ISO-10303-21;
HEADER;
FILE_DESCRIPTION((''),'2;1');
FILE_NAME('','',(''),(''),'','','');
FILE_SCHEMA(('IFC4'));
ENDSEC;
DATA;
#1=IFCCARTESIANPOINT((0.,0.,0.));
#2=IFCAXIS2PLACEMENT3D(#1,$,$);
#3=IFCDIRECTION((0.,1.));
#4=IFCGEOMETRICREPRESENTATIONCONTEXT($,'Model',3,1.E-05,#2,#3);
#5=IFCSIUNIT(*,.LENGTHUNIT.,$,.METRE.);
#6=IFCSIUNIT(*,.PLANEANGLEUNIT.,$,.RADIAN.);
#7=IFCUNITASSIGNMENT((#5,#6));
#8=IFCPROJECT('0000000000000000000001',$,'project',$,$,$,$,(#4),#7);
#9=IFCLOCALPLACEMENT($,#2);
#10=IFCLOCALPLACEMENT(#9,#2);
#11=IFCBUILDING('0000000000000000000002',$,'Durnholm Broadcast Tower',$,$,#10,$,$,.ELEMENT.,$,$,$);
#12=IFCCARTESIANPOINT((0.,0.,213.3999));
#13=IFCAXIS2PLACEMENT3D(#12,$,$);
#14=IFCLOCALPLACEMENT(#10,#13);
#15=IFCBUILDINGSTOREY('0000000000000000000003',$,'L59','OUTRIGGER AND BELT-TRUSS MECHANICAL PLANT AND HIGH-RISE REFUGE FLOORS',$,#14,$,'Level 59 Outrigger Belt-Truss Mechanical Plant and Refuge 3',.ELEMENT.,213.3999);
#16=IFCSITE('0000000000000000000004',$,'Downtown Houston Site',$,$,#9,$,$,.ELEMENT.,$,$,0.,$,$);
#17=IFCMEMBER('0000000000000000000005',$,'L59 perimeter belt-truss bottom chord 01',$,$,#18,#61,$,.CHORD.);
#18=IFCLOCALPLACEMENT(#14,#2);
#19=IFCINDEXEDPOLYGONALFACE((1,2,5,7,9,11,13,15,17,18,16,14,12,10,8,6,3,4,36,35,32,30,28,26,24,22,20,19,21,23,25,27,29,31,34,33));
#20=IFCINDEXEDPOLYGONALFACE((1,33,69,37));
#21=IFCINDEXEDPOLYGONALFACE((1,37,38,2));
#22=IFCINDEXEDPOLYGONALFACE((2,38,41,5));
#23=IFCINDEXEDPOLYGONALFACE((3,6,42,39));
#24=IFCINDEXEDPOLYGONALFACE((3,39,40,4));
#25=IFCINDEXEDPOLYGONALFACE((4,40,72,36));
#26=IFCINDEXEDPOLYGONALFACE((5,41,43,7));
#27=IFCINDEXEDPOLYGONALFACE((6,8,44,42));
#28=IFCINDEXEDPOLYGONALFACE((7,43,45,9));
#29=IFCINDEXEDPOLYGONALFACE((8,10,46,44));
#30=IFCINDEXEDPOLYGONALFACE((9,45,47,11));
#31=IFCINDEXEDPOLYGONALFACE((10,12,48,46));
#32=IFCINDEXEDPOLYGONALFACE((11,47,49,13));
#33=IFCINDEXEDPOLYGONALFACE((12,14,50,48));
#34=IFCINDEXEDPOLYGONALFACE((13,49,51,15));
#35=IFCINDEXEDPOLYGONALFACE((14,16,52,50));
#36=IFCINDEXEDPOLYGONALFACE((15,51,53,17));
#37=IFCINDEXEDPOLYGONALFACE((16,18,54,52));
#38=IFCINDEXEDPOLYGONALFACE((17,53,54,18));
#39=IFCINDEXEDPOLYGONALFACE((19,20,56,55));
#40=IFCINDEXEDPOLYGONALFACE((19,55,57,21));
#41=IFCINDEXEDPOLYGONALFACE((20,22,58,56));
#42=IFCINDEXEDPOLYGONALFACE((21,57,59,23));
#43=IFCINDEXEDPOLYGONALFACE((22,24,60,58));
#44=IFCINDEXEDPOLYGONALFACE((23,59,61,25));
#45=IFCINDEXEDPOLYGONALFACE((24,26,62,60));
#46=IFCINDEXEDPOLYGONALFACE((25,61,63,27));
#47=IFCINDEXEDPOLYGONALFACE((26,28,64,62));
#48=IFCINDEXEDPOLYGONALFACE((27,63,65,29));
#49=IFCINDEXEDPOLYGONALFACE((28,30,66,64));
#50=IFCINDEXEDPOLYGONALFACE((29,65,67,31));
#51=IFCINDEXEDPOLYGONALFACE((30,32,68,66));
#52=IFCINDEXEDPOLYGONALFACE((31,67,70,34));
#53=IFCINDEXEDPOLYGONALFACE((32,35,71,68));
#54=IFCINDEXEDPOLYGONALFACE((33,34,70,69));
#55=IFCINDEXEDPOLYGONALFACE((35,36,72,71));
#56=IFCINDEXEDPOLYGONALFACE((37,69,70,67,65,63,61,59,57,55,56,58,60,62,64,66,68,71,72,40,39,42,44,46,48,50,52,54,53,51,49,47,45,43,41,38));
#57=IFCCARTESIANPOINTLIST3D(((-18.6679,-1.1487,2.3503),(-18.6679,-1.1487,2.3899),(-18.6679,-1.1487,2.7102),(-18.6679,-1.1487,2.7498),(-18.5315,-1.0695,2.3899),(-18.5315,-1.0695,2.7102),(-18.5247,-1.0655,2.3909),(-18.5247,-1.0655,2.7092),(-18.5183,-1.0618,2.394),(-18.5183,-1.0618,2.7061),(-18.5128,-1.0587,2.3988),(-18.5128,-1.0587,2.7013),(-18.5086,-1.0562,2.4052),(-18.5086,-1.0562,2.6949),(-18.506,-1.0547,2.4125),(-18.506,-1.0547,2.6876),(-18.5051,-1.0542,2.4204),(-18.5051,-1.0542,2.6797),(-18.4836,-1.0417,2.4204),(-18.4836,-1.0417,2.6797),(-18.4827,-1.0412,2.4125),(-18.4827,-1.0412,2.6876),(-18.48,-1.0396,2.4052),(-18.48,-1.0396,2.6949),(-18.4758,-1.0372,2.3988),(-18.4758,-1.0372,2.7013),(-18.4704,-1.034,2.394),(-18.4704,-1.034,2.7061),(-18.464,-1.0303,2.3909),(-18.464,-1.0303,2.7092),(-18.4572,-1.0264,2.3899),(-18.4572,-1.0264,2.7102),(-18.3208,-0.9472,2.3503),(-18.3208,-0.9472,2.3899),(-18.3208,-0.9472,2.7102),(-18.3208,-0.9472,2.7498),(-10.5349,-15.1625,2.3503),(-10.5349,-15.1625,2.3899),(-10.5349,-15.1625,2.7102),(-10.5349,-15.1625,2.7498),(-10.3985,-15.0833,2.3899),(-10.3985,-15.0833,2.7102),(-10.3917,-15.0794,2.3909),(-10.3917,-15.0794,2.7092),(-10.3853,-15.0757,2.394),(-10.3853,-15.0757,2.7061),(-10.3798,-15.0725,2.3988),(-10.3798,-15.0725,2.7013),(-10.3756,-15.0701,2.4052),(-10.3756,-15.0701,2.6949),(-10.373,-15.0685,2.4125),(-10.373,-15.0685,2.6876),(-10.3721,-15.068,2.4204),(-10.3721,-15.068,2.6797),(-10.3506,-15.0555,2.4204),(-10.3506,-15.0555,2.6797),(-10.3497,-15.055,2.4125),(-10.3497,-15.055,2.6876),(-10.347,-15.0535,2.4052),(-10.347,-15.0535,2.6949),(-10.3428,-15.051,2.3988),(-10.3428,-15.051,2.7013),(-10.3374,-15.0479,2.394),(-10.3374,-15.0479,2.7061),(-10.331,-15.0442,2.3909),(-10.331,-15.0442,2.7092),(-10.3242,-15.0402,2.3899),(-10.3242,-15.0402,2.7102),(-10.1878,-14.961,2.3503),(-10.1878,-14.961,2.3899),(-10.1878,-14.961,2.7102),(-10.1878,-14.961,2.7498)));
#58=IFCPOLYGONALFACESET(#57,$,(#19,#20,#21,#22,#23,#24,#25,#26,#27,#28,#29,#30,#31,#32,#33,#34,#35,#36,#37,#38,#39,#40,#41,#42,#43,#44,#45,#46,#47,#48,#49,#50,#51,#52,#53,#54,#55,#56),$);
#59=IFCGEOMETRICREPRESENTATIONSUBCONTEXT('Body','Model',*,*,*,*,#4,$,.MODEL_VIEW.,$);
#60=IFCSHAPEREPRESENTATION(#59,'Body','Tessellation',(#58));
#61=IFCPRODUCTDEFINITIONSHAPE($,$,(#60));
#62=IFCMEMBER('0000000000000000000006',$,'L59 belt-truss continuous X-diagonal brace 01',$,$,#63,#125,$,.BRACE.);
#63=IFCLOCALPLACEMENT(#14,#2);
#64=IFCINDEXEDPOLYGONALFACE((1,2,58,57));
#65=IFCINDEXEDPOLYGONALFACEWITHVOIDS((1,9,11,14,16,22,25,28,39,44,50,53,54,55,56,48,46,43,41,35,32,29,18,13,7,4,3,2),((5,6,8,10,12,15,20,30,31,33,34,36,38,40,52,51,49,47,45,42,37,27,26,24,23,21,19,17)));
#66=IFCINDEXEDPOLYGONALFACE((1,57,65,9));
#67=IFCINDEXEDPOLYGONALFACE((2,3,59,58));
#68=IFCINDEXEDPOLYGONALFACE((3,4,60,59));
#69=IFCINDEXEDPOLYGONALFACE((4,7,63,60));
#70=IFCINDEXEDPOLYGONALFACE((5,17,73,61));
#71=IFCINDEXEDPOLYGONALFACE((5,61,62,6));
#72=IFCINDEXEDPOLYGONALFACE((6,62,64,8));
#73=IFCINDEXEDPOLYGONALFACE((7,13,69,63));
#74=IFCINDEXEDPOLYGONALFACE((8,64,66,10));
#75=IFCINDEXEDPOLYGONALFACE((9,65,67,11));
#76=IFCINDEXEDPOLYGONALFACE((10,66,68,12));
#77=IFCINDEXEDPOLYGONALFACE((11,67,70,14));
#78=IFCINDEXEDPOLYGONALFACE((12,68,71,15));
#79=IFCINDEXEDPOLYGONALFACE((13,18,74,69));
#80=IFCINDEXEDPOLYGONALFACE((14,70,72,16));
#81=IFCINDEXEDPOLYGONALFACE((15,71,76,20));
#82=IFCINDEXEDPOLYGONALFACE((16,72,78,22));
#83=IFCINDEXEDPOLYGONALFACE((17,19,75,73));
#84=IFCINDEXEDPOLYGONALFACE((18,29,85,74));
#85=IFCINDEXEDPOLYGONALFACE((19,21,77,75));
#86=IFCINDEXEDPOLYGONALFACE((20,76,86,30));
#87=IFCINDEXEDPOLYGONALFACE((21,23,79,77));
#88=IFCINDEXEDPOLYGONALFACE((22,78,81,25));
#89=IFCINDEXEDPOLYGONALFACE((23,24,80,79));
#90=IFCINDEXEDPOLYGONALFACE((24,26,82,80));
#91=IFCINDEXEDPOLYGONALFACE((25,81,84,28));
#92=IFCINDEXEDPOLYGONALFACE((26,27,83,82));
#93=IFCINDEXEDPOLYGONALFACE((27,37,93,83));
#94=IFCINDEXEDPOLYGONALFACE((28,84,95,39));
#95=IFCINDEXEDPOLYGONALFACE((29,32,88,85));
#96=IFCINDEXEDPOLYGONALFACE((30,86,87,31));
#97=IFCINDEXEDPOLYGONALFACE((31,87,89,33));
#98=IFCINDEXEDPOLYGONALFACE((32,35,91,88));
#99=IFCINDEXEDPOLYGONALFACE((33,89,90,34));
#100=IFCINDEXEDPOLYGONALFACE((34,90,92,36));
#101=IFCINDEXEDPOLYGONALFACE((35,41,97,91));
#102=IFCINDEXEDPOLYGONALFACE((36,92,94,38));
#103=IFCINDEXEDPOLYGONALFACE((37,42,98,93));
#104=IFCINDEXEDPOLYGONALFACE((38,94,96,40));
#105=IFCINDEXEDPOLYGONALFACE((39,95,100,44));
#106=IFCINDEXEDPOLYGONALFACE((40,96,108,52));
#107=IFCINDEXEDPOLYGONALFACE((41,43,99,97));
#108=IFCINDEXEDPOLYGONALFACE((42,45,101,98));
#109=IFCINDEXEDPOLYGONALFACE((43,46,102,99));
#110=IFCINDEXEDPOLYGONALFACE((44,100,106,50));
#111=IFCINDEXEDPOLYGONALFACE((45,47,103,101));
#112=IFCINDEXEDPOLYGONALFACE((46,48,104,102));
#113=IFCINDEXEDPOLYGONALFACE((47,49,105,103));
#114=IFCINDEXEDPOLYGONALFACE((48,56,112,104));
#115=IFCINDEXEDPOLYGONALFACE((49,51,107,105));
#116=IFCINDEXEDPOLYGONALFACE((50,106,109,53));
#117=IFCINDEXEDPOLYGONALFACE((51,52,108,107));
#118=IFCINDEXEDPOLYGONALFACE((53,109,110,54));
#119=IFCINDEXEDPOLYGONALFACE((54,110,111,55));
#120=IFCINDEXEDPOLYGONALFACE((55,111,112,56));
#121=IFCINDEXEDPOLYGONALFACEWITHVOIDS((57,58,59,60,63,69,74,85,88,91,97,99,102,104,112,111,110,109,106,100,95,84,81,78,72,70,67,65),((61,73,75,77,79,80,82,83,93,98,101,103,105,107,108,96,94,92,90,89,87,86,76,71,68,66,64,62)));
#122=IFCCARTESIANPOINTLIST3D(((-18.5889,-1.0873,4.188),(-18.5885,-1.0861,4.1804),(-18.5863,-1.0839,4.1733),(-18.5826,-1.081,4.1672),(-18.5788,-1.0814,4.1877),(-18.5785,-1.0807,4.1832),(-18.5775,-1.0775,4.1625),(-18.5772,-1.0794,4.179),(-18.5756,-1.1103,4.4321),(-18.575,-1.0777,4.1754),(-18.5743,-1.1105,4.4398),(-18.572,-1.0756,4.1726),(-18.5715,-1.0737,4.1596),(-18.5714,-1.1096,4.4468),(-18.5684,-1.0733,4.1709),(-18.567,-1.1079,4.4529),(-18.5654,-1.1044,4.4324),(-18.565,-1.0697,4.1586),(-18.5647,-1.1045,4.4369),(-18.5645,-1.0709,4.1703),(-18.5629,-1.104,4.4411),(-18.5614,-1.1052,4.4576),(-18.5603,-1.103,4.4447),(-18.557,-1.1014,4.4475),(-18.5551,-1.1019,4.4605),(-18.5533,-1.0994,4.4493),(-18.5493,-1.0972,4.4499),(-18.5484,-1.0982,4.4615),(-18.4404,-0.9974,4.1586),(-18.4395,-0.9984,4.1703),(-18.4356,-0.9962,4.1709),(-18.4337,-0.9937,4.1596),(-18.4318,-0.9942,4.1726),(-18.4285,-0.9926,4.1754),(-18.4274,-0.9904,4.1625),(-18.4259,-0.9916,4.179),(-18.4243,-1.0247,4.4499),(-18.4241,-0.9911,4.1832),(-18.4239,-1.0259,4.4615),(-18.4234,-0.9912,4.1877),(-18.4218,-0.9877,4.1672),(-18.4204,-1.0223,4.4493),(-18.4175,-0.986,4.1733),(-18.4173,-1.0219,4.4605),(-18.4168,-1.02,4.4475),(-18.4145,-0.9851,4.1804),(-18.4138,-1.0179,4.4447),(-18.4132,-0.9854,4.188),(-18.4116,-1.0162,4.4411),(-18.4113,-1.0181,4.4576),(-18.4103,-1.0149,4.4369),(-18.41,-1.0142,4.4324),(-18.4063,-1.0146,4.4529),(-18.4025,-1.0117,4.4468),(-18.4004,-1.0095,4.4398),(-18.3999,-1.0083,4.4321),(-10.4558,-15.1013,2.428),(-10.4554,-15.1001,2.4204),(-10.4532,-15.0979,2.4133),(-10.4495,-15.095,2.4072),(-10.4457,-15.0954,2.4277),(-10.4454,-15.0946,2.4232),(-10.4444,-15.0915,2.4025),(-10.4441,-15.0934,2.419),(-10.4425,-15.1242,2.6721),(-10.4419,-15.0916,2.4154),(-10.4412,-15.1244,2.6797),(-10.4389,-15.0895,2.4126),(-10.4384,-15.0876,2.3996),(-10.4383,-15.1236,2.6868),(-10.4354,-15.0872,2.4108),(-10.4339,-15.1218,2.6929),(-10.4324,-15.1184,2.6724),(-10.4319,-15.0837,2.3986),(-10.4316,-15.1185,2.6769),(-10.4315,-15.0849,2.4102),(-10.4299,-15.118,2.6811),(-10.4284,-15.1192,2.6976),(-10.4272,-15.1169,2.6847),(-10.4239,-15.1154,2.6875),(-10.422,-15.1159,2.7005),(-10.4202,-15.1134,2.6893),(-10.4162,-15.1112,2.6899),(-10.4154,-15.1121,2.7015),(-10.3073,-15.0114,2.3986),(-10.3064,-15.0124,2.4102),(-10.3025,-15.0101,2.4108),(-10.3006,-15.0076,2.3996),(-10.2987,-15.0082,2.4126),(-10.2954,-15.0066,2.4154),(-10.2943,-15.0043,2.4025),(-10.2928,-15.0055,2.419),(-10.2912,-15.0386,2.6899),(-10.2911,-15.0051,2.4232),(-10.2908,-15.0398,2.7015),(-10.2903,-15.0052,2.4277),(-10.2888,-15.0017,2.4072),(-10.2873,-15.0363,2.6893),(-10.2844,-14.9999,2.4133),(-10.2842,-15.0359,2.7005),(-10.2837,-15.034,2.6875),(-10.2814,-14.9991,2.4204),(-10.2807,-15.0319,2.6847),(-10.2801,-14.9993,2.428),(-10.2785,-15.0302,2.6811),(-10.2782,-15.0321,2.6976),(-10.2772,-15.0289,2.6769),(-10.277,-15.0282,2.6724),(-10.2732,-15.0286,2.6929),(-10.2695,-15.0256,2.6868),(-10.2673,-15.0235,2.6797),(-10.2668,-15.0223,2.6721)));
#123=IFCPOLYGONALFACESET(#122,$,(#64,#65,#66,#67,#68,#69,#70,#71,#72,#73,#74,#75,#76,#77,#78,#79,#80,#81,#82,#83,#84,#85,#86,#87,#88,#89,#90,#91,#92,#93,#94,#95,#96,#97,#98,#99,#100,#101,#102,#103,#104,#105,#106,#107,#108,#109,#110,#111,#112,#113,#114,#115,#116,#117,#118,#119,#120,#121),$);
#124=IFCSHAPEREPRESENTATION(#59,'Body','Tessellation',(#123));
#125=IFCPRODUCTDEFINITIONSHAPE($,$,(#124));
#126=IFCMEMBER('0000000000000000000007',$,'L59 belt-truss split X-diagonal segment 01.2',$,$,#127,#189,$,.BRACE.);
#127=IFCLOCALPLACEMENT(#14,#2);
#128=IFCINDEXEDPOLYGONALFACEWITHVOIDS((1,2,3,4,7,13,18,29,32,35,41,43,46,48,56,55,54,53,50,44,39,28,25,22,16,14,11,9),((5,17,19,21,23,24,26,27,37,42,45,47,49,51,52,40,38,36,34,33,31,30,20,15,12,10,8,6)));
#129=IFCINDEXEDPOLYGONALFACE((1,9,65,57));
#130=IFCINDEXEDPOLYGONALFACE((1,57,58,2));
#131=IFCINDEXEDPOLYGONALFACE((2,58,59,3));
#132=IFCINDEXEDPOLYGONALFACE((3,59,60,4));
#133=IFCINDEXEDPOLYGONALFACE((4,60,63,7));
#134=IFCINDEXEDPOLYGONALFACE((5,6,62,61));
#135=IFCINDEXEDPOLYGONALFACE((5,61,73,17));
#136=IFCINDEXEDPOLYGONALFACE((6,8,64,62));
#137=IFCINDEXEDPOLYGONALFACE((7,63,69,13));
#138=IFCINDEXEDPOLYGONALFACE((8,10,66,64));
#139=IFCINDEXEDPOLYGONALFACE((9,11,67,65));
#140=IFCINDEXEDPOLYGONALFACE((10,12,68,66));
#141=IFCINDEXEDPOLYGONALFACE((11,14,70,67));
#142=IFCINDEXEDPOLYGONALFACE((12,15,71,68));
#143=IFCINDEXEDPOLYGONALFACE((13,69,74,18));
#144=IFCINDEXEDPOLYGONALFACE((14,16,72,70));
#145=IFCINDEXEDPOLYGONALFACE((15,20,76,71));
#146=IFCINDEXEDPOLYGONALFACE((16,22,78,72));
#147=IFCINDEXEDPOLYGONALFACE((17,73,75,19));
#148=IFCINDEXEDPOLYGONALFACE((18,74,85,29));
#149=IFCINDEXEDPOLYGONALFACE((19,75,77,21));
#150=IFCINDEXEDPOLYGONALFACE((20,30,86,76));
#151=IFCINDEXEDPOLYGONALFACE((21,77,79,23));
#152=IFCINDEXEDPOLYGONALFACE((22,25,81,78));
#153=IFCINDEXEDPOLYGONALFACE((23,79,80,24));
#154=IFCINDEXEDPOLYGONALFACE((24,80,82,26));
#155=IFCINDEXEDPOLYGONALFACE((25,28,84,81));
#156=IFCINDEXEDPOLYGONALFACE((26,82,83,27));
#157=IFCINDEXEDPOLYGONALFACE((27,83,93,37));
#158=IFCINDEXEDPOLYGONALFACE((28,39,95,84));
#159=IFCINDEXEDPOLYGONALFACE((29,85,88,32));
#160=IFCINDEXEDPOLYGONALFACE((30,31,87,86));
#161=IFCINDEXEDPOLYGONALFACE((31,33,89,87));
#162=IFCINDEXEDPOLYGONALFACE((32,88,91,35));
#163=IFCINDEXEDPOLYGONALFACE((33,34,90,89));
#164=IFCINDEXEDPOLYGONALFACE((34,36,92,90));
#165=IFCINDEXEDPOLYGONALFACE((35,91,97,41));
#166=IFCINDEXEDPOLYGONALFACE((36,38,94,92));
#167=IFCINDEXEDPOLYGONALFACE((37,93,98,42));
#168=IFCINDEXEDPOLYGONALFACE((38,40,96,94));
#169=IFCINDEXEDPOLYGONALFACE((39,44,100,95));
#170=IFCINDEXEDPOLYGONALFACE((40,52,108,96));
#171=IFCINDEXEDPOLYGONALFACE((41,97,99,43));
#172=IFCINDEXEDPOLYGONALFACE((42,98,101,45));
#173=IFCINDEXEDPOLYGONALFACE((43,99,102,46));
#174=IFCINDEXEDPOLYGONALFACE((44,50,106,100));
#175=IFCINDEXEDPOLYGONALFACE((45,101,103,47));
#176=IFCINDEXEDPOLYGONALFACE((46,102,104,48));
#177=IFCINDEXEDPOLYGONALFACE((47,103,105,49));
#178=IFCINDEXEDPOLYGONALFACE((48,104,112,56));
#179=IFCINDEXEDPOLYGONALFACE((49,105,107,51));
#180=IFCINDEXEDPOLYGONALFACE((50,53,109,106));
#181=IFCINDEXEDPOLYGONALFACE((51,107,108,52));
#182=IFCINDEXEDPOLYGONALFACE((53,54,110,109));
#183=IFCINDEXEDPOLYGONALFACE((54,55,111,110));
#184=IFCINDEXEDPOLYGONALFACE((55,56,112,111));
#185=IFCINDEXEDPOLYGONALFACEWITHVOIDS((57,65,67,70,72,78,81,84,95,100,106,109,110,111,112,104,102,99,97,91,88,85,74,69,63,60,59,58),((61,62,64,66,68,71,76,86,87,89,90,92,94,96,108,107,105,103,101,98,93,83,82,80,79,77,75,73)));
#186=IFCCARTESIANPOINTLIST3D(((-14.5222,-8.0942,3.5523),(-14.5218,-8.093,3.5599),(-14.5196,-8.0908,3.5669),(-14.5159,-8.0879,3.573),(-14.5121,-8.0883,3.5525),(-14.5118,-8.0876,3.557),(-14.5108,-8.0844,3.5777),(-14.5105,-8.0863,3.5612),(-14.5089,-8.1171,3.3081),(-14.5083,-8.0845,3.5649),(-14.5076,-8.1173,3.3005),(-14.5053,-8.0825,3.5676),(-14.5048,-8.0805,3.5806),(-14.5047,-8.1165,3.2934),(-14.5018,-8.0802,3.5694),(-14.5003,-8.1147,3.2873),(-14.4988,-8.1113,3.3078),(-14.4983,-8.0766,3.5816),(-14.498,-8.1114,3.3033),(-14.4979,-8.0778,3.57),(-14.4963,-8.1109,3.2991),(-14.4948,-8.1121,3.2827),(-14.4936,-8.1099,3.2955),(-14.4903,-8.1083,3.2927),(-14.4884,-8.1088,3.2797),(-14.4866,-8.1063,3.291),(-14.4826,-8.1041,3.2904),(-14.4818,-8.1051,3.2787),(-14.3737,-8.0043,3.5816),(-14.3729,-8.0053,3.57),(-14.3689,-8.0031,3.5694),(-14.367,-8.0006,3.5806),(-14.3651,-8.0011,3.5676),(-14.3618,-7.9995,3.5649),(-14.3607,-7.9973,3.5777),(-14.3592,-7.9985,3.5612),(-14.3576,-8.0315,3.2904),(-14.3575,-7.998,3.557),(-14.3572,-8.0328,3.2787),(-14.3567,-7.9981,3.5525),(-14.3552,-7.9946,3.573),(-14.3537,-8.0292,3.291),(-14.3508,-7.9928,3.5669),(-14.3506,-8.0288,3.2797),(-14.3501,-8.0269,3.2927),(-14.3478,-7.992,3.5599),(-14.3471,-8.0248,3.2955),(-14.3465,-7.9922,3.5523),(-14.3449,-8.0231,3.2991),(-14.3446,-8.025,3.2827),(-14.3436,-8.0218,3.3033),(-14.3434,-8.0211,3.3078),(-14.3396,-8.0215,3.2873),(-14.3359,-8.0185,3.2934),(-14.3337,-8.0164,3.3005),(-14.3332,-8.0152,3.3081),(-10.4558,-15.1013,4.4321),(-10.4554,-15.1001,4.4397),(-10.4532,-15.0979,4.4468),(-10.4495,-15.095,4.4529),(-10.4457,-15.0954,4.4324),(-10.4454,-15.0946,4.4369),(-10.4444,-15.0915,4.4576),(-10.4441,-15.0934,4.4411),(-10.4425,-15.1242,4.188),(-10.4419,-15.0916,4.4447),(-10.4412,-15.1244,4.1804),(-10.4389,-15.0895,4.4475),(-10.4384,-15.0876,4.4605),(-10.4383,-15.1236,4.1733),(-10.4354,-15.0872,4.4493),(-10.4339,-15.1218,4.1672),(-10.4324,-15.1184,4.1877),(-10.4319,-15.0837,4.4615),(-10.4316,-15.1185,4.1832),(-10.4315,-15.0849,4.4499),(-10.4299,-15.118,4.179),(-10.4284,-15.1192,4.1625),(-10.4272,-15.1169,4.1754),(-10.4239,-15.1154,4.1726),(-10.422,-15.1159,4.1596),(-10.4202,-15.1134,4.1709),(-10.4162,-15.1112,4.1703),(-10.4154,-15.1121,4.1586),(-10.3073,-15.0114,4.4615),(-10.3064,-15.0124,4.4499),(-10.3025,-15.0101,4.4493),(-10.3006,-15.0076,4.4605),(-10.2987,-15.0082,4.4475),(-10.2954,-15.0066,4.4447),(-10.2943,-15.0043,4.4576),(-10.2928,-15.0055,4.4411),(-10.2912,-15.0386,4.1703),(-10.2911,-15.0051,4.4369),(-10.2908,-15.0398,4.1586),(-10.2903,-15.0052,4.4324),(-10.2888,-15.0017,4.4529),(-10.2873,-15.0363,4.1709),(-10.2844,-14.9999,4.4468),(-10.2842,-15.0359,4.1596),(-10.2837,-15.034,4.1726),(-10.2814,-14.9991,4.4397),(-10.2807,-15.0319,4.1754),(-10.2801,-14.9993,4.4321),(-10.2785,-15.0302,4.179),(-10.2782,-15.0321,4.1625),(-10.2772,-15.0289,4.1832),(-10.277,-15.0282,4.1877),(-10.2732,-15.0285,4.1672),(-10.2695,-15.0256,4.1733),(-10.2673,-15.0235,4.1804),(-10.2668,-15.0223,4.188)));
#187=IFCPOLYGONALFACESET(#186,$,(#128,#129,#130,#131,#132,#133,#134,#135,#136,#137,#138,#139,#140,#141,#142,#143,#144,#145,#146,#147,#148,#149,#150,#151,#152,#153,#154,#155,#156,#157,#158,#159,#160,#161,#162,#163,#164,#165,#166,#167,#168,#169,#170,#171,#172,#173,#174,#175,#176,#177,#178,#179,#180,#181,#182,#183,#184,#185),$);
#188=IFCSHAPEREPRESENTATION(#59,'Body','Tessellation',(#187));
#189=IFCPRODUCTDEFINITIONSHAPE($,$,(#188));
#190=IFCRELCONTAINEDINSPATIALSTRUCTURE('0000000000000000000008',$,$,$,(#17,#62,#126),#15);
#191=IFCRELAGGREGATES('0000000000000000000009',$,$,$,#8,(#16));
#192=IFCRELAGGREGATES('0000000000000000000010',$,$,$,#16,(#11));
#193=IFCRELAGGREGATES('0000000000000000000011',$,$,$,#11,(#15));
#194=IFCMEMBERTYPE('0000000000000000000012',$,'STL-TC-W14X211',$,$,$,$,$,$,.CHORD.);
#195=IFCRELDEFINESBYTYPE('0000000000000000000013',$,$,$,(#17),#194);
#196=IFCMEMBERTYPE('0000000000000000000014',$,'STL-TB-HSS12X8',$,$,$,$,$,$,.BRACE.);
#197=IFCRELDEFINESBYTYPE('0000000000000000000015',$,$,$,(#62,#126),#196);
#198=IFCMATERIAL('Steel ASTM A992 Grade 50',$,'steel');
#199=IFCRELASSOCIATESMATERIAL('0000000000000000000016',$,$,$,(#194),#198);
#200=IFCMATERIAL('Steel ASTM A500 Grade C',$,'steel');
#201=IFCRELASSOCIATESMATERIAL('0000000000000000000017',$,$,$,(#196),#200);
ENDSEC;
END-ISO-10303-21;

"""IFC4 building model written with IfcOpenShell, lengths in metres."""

from ifc_helpers import new_model, si_unit, direction, frame, origin, origin_2d, place, context, subcontext, project, spatial, hollow_rectangle, i_section, extrude, source, transform, mapped, material, material_profile, profile_set, type_object, type_shapes, element, save


model = new_model("IFC4")

# Units and contexts
model_context = context("Model", 3, precision=1e-05, world=origin(), true_north=direction((0.0, 1.0)))
body_context = subcontext(model_context, "Body", "Model", "MODEL_VIEW")
ifc_project = project(units=[si_unit("LENGTHUNIT", "METRE"), si_unit("PLANEANGLEUNIT", "RADIAN")], contexts=[model_context])

# Site, building, storey
site_placement = place(None, origin())
site = spatial("IfcSite", under=ifc_project, at=site_placement, Name="Downtown Houston Site", CompositionType="ELEMENT", RefElevation=0.0)
building_placement = place(site_placement, origin())
building = spatial("IfcBuilding", under=site, at=building_placement, Name="Durnholm Broadcast Tower", CompositionType="ELEMENT")
storey_placement = place(building_placement, frame((0.0, 0.0, 213.3999)))
storey = spatial("IfcBuildingStorey", under=building, at=storey_placement, Name="L59", Description="OUTRIGGER AND BELT-TRUSS MECHANICAL PLANT AND HIGH-RISE REFUGE FLOORS", LongName="Level 59 Outrigger Belt-Truss Mechanical Plant and Refuge 3", CompositionType="ELEMENT", Elevation=213.3999)

# Shared definitions
ifc_material_1 = material(Name="Steel ASTM A992 Grade 50", Category="steel")

# Members
ifc_material_profile_1 = material_profile(ifc_material_1, i_section(OverallWidth=0.4014, OverallDepth=0.3994, WebThickness=0.0249, FlangeThickness=0.0396, FilletRadius=0.0305, at=origin_2d()), Name="W14X211")
ifc_profile_set_1 = profile_set([ifc_material_profile_1], Name="Steel ASTM A992 Grade 50")
member_type_1 = type_object("IfcMemberType", Name="STL-TC-W14X211", PredefinedType="CHORD", material=ifc_profile_set_1)
shared_shape_1 = source(origin(), body_context, "Body", "SweptSolid", [
    extrude(i_section(OverallWidth=0.4014, OverallDepth=0.3994, WebThickness=0.0249, FlangeThickness=0.0396, FilletRadius=0.0305, at=origin_2d()), origin(), (0.0, 0.0, 1.0), 16.2029),
])
type_shapes(member_type_1, [shared_shape_1])
member_1_placement = place(storey_placement, frame((-10.3613, -15.0618, 2.55), z_axis=(-0.501948, 0.864898, 0.0), x_axis=(-0.864898, -0.501948, 0.0)))
element("IfcMember", 1, at=member_1_placement, inside=storey, type_object=member_type_1, Name="L59 perimeter belt-truss bottom chord 01", PredefinedType="CHORD", context=body_context, shape_type="MappedRepresentation", body=[
    mapped(shared_shape_1, transform((0.0, 0.0, 0.0), x_axis=(1.0, 0.0, 0.0), y_axis=(0.0, 1.0, 0.0), z_axis=(0.0, 0.0, 1.0), scale=1.0)),
])
ifc_material_2 = material(Name="Steel ASTM A500 Grade C", Category="steel")
ifc_material_profile_2 = material_profile(ifc_material_2, hollow_rectangle(XDim=0.2031, YDim=0.3047, WallThickness=0.0117, InnerFilletRadius=0.0176, OuterFilletRadius=0.0295, at=origin_2d()), Name="HSS12X8X1/2")
ifc_profile_set_2 = profile_set([ifc_material_profile_2], Name="Steel ASTM A500 Grade C")
member_type_2 = type_object("IfcMemberType", Name="STL-TB-HSS12X8", PredefinedType="BRACE", material=ifc_profile_set_2)
shared_shape_2 = source(origin(), body_context, "Body", "SweptSolid", [
    extrude(hollow_rectangle(XDim=0.2031, YDim=0.3047, WallThickness=0.0117, InnerFilletRadius=0.0176, OuterFilletRadius=0.0295, at=origin_2d()), origin(), (0.0, 0.0, 1.0), 16.2983),
])
member_2_placement = place(storey_placement, frame((-10.3613, -15.0618, 2.55), z_axis=(-0.499013, 0.85984, 0.107987), x_axis=(-0.864898, -0.501948, 0.0)))
element("IfcMember", 2, at=member_2_placement, inside=storey, type_object=member_type_2, Name="L59 belt-truss continuous X-diagonal brace 01", PredefinedType="BRACE", context=body_context, shape_type="MappedRepresentation", body=[
    mapped(shared_shape_2, transform((0.0, 0.0, 0.0), x_axis=(1.0, 0.0, 0.0), y_axis=(0.0, 1.0, 0.0), z_axis=(0.0, 0.0, 1.0), scale=1.0)),
])
shared_shape_3 = source(origin(), body_context, "Body", "SweptSolid", [
    extrude(hollow_rectangle(XDim=0.2031, YDim=0.3047, WallThickness=0.0117, InnerFilletRadius=0.0176, OuterFilletRadius=0.0295, at=origin_2d()), origin(), (0.0, 0.0, 1.0), 8.1492),
])
type_shapes(member_type_2, [shared_shape_2, shared_shape_3])
member_3_placement = place(storey_placement, frame((-14.4277, -8.0547, 3.4302), z_axis=(0.498996, -0.859852, 0.107972), x_axis=(0.864908, 0.50193, 0.0)))
element("IfcMember", 3, at=member_3_placement, inside=storey, type_object=member_type_2, Name="L59 belt-truss split X-diagonal segment 01.2", PredefinedType="BRACE", context=body_context, shape_type="MappedRepresentation", body=[
    mapped(shared_shape_3, transform((0.0, 0.0, 0.0), x_axis=(1.0, 0.0, 0.0), y_axis=(0.0, 1.0, 0.0), z_axis=(0.0, 0.0, 1.0), scale=1.0)),
])

save(model, "model.ifc")
